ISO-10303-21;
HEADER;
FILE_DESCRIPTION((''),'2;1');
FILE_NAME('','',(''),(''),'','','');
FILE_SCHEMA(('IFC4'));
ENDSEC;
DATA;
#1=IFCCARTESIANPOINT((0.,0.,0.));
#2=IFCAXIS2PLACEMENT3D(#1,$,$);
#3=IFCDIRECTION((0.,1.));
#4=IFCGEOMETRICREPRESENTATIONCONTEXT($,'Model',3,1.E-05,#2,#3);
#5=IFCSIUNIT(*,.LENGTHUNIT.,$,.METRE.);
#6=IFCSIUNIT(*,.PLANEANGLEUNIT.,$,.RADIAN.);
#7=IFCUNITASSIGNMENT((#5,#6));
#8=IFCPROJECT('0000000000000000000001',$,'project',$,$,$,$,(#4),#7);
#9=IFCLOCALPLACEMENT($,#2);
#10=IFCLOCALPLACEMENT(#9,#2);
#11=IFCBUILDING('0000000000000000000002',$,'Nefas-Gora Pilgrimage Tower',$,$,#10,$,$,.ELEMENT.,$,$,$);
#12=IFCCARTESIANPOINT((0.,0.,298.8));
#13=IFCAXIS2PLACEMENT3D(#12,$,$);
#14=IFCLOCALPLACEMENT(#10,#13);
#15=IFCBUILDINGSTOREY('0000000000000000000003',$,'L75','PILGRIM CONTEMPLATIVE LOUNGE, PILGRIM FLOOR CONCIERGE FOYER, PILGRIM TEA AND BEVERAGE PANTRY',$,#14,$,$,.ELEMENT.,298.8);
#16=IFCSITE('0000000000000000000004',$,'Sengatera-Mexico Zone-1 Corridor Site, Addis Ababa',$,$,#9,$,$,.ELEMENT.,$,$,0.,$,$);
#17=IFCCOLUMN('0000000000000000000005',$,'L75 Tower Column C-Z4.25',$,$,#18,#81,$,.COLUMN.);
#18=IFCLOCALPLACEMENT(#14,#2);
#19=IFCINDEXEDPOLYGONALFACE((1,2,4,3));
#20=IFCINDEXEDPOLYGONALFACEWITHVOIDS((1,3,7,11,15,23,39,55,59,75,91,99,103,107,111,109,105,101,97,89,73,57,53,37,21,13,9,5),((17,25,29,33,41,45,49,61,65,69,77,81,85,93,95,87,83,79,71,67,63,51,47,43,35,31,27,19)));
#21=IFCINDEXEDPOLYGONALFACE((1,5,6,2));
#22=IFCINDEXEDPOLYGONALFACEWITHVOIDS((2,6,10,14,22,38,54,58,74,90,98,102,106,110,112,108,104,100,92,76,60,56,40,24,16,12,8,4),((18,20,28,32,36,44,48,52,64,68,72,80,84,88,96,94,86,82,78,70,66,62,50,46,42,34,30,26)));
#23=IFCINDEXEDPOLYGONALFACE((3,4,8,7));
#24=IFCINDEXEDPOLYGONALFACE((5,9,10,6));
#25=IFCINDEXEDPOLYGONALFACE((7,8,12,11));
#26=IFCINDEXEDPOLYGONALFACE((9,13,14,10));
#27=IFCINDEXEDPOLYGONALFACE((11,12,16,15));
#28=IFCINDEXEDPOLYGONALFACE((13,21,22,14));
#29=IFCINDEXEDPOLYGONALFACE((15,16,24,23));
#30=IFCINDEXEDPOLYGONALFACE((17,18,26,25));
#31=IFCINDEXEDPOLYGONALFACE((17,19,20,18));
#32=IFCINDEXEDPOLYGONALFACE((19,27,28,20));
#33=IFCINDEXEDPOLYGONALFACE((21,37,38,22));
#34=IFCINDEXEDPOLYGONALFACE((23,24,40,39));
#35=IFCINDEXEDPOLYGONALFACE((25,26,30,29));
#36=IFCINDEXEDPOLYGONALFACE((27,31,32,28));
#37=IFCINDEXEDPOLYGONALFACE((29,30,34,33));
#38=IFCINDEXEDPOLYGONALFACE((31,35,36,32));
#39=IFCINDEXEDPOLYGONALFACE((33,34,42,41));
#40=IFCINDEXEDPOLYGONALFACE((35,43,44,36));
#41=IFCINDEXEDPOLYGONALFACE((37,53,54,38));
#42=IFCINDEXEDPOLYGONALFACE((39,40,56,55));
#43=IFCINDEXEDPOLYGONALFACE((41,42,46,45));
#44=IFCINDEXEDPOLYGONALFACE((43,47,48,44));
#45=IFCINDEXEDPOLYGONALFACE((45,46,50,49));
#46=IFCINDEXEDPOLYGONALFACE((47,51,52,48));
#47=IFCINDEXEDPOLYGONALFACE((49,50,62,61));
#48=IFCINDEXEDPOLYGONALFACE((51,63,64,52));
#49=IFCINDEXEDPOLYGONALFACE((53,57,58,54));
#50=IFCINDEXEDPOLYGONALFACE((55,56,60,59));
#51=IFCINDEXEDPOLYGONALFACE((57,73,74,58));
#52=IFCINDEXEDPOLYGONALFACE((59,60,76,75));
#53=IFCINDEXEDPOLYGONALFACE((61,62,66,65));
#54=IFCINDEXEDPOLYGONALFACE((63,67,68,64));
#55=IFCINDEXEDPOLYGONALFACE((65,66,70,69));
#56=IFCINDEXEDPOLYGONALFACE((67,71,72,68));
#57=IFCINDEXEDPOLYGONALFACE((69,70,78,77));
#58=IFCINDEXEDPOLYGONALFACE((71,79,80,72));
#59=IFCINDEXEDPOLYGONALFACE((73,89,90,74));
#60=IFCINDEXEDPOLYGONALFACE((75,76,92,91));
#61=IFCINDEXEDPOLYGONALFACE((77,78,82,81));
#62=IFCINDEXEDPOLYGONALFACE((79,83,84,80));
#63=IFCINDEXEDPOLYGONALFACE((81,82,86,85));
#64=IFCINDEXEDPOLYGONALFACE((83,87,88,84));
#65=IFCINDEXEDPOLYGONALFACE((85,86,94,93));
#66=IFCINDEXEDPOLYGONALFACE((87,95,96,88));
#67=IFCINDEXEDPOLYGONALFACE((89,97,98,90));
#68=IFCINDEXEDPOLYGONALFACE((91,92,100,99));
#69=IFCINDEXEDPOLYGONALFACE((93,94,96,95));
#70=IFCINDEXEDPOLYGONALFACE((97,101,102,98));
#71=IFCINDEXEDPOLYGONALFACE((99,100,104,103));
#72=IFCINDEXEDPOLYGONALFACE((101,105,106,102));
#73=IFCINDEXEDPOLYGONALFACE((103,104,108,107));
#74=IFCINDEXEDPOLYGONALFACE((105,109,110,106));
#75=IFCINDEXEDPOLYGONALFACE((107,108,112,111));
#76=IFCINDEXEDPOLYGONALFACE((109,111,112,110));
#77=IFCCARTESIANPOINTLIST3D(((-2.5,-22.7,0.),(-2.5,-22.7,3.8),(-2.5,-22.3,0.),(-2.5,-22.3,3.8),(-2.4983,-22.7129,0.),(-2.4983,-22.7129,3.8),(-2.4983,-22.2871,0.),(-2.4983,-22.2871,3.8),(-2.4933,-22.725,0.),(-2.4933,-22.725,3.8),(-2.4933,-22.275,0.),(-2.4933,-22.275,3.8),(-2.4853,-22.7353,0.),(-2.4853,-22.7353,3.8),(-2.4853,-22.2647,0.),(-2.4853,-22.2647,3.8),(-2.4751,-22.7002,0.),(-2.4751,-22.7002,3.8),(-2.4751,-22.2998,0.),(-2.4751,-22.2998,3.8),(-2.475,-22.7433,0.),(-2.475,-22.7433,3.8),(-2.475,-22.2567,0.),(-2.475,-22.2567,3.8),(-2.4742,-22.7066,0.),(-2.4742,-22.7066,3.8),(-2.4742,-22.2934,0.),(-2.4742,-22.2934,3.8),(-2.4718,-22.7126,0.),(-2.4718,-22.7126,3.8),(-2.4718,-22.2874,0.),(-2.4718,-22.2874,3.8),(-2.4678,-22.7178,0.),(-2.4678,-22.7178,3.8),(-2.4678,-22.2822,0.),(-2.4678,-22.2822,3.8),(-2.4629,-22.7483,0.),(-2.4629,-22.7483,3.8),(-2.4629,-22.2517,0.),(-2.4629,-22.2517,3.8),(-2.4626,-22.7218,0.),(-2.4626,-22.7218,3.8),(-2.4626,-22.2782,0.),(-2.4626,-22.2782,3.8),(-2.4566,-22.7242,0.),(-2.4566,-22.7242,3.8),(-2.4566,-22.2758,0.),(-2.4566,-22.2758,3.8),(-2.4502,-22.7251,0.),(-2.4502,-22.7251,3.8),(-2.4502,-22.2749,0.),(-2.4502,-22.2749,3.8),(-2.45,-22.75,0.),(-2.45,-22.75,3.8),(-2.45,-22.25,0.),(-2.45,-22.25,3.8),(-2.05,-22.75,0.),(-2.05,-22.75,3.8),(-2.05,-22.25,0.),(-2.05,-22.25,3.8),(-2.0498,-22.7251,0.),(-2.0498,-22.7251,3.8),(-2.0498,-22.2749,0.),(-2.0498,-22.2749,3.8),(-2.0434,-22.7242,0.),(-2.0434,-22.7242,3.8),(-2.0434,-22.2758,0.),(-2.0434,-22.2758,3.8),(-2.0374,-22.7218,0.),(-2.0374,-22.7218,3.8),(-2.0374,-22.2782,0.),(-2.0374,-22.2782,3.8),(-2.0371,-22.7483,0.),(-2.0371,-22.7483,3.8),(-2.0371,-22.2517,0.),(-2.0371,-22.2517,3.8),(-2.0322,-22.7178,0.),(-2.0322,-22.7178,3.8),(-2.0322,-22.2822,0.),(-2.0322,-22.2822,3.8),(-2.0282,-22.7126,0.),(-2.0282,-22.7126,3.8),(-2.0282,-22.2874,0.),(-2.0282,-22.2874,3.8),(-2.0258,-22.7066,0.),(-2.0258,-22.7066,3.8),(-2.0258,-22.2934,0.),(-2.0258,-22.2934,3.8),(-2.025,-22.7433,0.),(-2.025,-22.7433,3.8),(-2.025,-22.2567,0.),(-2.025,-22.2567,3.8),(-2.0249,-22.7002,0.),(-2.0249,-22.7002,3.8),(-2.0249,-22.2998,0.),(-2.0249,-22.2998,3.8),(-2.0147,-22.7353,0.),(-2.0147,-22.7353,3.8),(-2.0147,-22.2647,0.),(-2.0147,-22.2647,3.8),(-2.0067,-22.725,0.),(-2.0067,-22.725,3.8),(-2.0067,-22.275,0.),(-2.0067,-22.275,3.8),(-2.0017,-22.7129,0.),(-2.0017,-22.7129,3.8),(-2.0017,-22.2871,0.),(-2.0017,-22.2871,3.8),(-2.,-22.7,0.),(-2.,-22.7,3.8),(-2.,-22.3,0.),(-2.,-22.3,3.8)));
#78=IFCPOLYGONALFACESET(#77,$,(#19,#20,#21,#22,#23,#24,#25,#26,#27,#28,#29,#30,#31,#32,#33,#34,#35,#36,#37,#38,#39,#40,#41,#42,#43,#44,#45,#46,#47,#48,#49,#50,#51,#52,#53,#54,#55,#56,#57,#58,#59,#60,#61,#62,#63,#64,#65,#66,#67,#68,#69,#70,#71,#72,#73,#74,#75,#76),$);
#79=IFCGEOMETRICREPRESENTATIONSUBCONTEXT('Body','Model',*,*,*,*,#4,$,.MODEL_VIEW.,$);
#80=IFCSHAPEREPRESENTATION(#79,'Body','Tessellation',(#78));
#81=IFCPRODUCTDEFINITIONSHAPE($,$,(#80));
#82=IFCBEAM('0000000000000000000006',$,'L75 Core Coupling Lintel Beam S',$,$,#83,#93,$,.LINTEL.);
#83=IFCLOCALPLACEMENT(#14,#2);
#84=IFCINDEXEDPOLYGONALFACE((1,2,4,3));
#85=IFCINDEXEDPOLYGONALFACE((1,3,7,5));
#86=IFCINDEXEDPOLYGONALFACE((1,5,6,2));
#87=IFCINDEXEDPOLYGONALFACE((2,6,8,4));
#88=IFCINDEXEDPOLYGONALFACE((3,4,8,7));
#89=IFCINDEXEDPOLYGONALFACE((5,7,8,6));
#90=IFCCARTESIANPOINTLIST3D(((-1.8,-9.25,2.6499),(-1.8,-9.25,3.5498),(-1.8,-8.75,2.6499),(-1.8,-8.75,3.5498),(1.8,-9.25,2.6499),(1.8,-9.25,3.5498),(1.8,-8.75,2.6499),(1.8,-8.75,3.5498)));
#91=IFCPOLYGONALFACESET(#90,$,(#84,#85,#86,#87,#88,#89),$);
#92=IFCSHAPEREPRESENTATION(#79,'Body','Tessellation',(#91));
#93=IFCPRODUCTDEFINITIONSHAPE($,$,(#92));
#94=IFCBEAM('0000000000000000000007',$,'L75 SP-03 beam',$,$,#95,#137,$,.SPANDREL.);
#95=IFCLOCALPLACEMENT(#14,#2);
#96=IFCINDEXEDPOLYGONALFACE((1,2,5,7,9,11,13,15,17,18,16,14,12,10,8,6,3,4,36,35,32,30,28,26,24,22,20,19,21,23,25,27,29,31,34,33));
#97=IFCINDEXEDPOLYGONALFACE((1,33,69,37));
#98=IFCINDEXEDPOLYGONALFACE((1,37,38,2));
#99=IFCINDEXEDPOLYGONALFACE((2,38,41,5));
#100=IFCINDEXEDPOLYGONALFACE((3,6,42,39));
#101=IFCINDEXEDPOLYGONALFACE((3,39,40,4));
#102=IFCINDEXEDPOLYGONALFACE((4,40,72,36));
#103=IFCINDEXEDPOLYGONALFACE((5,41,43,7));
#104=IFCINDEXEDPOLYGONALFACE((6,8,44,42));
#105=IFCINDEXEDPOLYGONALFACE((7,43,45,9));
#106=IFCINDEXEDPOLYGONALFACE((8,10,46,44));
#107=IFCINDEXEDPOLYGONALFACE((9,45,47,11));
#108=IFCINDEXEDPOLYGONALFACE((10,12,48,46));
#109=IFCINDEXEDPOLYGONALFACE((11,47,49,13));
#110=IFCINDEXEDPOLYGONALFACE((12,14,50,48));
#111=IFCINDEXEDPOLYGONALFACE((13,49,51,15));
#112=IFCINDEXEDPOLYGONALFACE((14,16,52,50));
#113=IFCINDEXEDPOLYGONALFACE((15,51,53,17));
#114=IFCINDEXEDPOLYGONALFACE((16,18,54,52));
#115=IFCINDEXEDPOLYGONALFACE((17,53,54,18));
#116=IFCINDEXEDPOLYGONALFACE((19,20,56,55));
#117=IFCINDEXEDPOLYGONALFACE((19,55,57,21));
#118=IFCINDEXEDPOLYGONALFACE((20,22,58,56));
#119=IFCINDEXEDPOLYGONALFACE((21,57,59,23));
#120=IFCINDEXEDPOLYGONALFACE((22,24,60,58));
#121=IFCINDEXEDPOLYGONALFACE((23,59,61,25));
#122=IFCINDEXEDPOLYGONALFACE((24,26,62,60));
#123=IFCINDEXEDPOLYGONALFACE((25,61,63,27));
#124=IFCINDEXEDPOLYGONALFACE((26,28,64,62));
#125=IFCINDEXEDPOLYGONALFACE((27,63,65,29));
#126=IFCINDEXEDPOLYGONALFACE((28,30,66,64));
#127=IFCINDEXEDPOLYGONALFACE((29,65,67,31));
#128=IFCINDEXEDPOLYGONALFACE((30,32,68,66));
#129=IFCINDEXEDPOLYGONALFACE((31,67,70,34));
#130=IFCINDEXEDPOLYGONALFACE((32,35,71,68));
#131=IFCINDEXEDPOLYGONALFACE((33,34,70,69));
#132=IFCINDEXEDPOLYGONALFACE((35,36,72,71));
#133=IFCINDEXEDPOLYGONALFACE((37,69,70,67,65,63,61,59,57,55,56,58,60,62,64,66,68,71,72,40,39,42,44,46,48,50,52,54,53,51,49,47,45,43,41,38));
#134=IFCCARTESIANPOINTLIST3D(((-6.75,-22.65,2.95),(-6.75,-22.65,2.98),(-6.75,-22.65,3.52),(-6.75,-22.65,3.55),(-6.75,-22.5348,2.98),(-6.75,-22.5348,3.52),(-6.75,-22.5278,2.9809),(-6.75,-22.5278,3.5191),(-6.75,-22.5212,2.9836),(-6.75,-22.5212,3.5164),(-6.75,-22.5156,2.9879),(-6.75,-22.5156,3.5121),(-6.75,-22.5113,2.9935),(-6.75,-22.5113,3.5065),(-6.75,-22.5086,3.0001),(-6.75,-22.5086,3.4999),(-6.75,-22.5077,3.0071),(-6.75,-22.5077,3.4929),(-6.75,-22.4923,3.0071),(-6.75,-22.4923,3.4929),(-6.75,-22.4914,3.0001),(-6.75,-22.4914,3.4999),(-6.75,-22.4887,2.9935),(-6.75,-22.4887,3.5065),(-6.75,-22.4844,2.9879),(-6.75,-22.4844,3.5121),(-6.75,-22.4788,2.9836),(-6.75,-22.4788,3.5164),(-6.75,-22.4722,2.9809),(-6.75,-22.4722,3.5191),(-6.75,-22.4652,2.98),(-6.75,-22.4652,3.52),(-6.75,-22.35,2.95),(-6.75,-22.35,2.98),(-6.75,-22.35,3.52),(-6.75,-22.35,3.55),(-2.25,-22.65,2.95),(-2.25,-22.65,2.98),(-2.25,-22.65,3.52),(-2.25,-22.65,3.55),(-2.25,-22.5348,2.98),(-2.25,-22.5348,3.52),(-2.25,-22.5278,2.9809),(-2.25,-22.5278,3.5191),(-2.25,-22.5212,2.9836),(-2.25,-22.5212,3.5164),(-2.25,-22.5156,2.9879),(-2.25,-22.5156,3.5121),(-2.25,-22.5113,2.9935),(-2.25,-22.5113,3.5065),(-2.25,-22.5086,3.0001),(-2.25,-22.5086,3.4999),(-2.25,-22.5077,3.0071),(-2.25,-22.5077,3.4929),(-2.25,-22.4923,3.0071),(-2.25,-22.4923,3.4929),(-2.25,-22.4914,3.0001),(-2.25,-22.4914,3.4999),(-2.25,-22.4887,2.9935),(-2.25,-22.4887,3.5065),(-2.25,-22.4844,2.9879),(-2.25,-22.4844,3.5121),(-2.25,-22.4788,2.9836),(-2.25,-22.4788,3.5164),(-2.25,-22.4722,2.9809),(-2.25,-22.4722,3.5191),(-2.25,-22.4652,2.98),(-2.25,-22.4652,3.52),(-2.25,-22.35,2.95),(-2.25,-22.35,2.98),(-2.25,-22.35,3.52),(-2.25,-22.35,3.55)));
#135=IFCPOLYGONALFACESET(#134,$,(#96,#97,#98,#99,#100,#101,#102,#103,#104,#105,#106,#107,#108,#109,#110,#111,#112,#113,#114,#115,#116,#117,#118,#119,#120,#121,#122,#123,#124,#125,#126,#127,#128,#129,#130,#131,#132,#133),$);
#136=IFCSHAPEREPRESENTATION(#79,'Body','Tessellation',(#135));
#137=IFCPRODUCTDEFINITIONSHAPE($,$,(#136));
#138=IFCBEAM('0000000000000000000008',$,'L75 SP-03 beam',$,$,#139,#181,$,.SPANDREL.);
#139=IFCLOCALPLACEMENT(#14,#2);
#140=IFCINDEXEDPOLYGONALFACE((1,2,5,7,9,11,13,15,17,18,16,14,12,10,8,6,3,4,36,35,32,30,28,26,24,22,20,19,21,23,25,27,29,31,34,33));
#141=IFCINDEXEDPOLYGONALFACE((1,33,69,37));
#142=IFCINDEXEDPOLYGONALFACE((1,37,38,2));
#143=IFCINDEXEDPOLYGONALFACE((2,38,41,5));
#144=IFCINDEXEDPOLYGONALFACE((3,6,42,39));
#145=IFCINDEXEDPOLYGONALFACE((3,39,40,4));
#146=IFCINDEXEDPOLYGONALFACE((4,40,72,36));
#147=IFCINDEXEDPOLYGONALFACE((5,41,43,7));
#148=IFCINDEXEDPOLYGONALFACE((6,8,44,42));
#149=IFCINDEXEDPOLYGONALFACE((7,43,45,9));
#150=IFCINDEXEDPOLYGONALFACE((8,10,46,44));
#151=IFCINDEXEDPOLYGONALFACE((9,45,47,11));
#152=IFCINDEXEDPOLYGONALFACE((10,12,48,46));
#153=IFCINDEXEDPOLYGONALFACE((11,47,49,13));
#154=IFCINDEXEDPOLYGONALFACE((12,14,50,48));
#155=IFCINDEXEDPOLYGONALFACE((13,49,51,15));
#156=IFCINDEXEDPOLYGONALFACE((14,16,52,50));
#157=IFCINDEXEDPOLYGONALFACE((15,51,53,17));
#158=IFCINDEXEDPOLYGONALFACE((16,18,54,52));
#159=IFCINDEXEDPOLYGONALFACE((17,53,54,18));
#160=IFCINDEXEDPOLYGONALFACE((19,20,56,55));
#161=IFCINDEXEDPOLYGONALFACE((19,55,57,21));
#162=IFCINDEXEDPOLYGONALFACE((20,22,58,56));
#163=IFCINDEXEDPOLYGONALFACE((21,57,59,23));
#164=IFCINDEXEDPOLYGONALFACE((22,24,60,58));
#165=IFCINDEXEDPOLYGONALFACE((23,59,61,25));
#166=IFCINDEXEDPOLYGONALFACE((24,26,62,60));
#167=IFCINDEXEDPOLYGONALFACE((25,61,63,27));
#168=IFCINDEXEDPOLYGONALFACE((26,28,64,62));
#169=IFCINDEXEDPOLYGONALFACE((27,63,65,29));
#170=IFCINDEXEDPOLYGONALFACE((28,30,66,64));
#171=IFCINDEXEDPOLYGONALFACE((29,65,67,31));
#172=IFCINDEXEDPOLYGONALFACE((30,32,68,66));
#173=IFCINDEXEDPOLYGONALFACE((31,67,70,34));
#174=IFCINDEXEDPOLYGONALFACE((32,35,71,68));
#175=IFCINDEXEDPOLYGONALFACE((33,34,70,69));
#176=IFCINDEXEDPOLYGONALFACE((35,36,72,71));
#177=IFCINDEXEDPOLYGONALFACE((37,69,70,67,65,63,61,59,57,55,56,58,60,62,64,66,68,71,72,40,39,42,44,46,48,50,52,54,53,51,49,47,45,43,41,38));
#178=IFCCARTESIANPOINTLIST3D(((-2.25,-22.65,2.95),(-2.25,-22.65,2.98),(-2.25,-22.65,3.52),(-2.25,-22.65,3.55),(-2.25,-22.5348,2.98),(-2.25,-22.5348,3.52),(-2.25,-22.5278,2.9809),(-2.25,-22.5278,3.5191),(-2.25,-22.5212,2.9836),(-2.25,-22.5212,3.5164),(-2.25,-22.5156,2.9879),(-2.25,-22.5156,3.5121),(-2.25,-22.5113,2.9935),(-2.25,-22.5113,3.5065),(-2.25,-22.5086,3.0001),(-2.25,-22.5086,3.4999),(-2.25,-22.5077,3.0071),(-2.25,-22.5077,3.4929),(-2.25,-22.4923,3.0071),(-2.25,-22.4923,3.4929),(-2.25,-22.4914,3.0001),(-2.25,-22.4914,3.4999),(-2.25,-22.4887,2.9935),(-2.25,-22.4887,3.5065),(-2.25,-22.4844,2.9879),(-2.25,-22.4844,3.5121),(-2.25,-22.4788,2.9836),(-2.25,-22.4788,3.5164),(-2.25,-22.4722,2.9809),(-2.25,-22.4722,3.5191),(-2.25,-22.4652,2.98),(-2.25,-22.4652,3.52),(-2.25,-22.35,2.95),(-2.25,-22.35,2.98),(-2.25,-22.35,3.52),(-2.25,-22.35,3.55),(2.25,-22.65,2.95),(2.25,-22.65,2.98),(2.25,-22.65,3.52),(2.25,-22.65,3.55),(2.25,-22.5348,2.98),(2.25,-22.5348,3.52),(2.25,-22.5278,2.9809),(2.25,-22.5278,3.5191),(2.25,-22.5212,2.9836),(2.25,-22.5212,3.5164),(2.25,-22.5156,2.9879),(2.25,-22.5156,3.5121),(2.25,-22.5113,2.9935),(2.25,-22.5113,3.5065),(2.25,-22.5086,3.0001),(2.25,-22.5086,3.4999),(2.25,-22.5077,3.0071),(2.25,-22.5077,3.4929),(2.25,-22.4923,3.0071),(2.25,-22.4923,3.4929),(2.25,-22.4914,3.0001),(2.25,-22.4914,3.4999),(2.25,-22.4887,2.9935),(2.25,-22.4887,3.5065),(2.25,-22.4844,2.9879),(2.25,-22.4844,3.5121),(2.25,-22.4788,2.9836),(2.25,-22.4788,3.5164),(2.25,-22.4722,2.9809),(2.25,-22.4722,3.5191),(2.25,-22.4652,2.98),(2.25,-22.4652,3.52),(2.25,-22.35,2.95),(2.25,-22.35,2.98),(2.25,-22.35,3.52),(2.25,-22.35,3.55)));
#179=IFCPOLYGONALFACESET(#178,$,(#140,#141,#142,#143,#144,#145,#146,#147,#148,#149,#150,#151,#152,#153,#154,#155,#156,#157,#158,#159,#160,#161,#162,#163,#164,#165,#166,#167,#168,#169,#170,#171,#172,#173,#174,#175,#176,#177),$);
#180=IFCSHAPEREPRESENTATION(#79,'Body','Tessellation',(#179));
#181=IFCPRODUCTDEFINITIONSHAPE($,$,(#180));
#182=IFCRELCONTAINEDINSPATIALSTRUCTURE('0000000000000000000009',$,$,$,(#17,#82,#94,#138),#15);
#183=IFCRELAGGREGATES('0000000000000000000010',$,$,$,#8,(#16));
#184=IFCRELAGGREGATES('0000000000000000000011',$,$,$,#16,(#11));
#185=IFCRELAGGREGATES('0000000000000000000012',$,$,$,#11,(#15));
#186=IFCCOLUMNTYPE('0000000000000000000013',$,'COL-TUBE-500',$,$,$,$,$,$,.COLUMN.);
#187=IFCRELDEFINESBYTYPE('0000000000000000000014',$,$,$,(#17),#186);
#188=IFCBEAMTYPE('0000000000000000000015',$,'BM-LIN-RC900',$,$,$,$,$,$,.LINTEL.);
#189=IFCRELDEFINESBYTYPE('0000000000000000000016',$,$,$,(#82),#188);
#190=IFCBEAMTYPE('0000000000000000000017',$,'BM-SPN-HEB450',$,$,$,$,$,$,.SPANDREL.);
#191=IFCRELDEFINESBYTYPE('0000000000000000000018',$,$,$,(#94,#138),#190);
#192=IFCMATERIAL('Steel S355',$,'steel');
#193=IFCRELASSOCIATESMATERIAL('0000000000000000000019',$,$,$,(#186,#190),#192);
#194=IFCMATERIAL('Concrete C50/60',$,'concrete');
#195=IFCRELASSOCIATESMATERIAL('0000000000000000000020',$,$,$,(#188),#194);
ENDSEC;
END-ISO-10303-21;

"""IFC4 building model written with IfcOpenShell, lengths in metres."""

from ifc_helpers import new_model, si_unit, direction, frame, origin, origin_2d, place, context, subcontext, project, spatial, rectangle, hollow_rectangle, i_section, extrude, source, transform, mapped, material, material_profile, profile_set, type_object, element, save


model = new_model("IFC4")

# Units and contexts
model_context = context("Model", 3, precision=1e-05, world=origin(), true_north=direction((0.0, 1.0)))
body_context = subcontext(model_context, "Body", "Model", "MODEL_VIEW")
ifc_project = project(units=[si_unit("LENGTHUNIT", "METRE"), si_unit("PLANEANGLEUNIT", "RADIAN")], contexts=[model_context])

# Site, building, storey
site_placement = place(None, origin())
site = spatial("IfcSite", under=ifc_project, at=site_placement, Name="Sengatera-Mexico Zone-1 Corridor Site, Addis Ababa", CompositionType="ELEMENT", RefElevation=0.0)
building_placement = place(site_placement, origin())
building = spatial("IfcBuilding", under=site, at=building_placement, Name="Nefas-Gora Pilgrimage Tower", CompositionType="ELEMENT")
storey_placement = place(building_placement, frame((0.0, 0.0, 298.8)))
storey = spatial("IfcBuildingStorey", under=building, at=storey_placement, Name="L75", Description="PILGRIM CONTEMPLATIVE LOUNGE, PILGRIM FLOOR CONCIERGE FOYER, PILGRIM TEA AND BEVERAGE PANTRY", CompositionType="ELEMENT", Elevation=298.8)

# Column
ifc_material_1 = material(Name="Steel S355", Category="steel")
ifc_material_profile_1 = material_profile(ifc_material_1, hollow_rectangle(XDim=0.5, YDim=0.5, WallThickness=0.0249, InnerFilletRadius=0.0249, OuterFilletRadius=0.05, at=origin_2d()), Name="SHS 500x500x25")
ifc_profile_set_1 = profile_set([ifc_material_profile_1], Name="Steel S355")
column_type_1 = type_object("IfcColumnType", Name="COL-TUBE-500", PredefinedType="COLUMN", material=ifc_profile_set_1)
shared_shape_1 = source(origin(), body_context, "Body", "SweptSolid", [
    extrude(hollow_rectangle(XDim=0.5, YDim=0.5, WallThickness=0.0249, InnerFilletRadius=0.0249, OuterFilletRadius=0.05, at=origin_2d()), origin(), (0.0, 0.0, 1.0), 3.8),
])
for number, where, z_axis, x_axis, name in (
    (1, (-2.25, -22.5, 0.0), (0.0, 0.0, 1.0), (1.0, 0.0, 0.0), "L75 Tower Column C-Z4.25"),
):
    element("IfcColumn", number, at=place(storey_placement, frame(where, z_axis=z_axis, x_axis=x_axis)), inside=storey, type_object=column_type_1, Name=name, PredefinedType="COLUMN", context=body_context, shape_type="MappedRepresentation", body=[
        mapped(shared_shape_1, transform((0.0, 0.0, 0.0), x_axis=(1.0, 0.0, 0.0), y_axis=(0.0, 1.0, 0.0), z_axis=(0.0, 0.0, 1.0), scale=1.0)),
    ])

# Beams
ifc_material_2 = material(Name="Concrete C50/60", Category="concrete")
ifc_material_profile_2 = material_profile(ifc_material_2, rectangle(XDim=0.5, YDim=0.8999, at=origin_2d()), Name="RC 500x900")
ifc_profile_set_2 = profile_set([ifc_material_profile_2], Name="Concrete C50/60")
beam_type_1 = type_object("IfcBeamType", Name="BM-LIN-RC900", PredefinedType="LINTEL", material=ifc_profile_set_2)
shared_shape_2 = source(origin(), body_context, "Body", "SweptSolid", [
    extrude(rectangle(XDim=0.5, YDim=0.8999, at=origin_2d()), origin(), (0.0, 0.0, 1.0), 3.6001),
])
beam_1_placement = place(storey_placement, frame((-1.8, -9.0, 3.0999), z_axis=(1.0, 0.0, 0.0), x_axis=(0.0, 1.0, 0.0)))
element("IfcBeam", 2, at=beam_1_placement, inside=storey, type_object=beam_type_1, Name="L75 Core Coupling Lintel Beam S", PredefinedType="LINTEL", context=body_context, shape_type="MappedRepresentation", body=[
    mapped(shared_shape_2, transform((0.0, 0.0, 0.0), x_axis=(1.0, 0.0, 0.0), y_axis=(0.0, 1.0, 0.0), z_axis=(0.0, 0.0, 1.0), scale=1.0)),
])
ifc_material_profile_3 = material_profile(ifc_material_1, i_section(OverallWidth=0.3, OverallDepth=0.6001, WebThickness=0.0154, FlangeThickness=0.03, FilletRadius=0.0271, at=origin_2d()), Name="HEB 600")
ifc_profile_set_3 = profile_set([ifc_material_profile_3], Name="Steel S355")
beam_type_2 = type_object("IfcBeamType", Name="BM-SPN-HEB450", PredefinedType="SPANDREL", material=ifc_profile_set_3)
shared_shape_3 = source(origin(), body_context, "Body", "SweptSolid", [
    extrude(i_section(OverallWidth=0.3, OverallDepth=0.6001, WebThickness=0.0154, FlangeThickness=0.03, FilletRadius=0.0271, at=origin_2d()), origin(), (0.0, 0.0, 1.0), 4.5),
])
for number, where, z_axis, x_axis, name in (
    (3, (-6.75, -22.5, 3.25), (1.0, 0.0, 0.0), (0.0, 1.0, 0.0), "L75 SP-03 beam"),
    (4, (-2.25, -22.5, 3.25), (1.0, 0.0, 0.0), (0.0, 1.0, 0.0), "L75 SP-03 beam"),
):
    element("IfcBeam", number, at=place(storey_placement, frame(where, z_axis=z_axis, x_axis=x_axis)), inside=storey, type_object=beam_type_2, Name=name, PredefinedType="SPANDREL", context=body_context, shape_type="MappedRepresentation", body=[
        mapped(shared_shape_3, transform((0.0, 0.0, 0.0), x_axis=(1.0, 0.0, 0.0), y_axis=(0.0, 1.0, 0.0), z_axis=(0.0, 0.0, 1.0), scale=1.0)),
    ])

save(model, "model.ifc")
